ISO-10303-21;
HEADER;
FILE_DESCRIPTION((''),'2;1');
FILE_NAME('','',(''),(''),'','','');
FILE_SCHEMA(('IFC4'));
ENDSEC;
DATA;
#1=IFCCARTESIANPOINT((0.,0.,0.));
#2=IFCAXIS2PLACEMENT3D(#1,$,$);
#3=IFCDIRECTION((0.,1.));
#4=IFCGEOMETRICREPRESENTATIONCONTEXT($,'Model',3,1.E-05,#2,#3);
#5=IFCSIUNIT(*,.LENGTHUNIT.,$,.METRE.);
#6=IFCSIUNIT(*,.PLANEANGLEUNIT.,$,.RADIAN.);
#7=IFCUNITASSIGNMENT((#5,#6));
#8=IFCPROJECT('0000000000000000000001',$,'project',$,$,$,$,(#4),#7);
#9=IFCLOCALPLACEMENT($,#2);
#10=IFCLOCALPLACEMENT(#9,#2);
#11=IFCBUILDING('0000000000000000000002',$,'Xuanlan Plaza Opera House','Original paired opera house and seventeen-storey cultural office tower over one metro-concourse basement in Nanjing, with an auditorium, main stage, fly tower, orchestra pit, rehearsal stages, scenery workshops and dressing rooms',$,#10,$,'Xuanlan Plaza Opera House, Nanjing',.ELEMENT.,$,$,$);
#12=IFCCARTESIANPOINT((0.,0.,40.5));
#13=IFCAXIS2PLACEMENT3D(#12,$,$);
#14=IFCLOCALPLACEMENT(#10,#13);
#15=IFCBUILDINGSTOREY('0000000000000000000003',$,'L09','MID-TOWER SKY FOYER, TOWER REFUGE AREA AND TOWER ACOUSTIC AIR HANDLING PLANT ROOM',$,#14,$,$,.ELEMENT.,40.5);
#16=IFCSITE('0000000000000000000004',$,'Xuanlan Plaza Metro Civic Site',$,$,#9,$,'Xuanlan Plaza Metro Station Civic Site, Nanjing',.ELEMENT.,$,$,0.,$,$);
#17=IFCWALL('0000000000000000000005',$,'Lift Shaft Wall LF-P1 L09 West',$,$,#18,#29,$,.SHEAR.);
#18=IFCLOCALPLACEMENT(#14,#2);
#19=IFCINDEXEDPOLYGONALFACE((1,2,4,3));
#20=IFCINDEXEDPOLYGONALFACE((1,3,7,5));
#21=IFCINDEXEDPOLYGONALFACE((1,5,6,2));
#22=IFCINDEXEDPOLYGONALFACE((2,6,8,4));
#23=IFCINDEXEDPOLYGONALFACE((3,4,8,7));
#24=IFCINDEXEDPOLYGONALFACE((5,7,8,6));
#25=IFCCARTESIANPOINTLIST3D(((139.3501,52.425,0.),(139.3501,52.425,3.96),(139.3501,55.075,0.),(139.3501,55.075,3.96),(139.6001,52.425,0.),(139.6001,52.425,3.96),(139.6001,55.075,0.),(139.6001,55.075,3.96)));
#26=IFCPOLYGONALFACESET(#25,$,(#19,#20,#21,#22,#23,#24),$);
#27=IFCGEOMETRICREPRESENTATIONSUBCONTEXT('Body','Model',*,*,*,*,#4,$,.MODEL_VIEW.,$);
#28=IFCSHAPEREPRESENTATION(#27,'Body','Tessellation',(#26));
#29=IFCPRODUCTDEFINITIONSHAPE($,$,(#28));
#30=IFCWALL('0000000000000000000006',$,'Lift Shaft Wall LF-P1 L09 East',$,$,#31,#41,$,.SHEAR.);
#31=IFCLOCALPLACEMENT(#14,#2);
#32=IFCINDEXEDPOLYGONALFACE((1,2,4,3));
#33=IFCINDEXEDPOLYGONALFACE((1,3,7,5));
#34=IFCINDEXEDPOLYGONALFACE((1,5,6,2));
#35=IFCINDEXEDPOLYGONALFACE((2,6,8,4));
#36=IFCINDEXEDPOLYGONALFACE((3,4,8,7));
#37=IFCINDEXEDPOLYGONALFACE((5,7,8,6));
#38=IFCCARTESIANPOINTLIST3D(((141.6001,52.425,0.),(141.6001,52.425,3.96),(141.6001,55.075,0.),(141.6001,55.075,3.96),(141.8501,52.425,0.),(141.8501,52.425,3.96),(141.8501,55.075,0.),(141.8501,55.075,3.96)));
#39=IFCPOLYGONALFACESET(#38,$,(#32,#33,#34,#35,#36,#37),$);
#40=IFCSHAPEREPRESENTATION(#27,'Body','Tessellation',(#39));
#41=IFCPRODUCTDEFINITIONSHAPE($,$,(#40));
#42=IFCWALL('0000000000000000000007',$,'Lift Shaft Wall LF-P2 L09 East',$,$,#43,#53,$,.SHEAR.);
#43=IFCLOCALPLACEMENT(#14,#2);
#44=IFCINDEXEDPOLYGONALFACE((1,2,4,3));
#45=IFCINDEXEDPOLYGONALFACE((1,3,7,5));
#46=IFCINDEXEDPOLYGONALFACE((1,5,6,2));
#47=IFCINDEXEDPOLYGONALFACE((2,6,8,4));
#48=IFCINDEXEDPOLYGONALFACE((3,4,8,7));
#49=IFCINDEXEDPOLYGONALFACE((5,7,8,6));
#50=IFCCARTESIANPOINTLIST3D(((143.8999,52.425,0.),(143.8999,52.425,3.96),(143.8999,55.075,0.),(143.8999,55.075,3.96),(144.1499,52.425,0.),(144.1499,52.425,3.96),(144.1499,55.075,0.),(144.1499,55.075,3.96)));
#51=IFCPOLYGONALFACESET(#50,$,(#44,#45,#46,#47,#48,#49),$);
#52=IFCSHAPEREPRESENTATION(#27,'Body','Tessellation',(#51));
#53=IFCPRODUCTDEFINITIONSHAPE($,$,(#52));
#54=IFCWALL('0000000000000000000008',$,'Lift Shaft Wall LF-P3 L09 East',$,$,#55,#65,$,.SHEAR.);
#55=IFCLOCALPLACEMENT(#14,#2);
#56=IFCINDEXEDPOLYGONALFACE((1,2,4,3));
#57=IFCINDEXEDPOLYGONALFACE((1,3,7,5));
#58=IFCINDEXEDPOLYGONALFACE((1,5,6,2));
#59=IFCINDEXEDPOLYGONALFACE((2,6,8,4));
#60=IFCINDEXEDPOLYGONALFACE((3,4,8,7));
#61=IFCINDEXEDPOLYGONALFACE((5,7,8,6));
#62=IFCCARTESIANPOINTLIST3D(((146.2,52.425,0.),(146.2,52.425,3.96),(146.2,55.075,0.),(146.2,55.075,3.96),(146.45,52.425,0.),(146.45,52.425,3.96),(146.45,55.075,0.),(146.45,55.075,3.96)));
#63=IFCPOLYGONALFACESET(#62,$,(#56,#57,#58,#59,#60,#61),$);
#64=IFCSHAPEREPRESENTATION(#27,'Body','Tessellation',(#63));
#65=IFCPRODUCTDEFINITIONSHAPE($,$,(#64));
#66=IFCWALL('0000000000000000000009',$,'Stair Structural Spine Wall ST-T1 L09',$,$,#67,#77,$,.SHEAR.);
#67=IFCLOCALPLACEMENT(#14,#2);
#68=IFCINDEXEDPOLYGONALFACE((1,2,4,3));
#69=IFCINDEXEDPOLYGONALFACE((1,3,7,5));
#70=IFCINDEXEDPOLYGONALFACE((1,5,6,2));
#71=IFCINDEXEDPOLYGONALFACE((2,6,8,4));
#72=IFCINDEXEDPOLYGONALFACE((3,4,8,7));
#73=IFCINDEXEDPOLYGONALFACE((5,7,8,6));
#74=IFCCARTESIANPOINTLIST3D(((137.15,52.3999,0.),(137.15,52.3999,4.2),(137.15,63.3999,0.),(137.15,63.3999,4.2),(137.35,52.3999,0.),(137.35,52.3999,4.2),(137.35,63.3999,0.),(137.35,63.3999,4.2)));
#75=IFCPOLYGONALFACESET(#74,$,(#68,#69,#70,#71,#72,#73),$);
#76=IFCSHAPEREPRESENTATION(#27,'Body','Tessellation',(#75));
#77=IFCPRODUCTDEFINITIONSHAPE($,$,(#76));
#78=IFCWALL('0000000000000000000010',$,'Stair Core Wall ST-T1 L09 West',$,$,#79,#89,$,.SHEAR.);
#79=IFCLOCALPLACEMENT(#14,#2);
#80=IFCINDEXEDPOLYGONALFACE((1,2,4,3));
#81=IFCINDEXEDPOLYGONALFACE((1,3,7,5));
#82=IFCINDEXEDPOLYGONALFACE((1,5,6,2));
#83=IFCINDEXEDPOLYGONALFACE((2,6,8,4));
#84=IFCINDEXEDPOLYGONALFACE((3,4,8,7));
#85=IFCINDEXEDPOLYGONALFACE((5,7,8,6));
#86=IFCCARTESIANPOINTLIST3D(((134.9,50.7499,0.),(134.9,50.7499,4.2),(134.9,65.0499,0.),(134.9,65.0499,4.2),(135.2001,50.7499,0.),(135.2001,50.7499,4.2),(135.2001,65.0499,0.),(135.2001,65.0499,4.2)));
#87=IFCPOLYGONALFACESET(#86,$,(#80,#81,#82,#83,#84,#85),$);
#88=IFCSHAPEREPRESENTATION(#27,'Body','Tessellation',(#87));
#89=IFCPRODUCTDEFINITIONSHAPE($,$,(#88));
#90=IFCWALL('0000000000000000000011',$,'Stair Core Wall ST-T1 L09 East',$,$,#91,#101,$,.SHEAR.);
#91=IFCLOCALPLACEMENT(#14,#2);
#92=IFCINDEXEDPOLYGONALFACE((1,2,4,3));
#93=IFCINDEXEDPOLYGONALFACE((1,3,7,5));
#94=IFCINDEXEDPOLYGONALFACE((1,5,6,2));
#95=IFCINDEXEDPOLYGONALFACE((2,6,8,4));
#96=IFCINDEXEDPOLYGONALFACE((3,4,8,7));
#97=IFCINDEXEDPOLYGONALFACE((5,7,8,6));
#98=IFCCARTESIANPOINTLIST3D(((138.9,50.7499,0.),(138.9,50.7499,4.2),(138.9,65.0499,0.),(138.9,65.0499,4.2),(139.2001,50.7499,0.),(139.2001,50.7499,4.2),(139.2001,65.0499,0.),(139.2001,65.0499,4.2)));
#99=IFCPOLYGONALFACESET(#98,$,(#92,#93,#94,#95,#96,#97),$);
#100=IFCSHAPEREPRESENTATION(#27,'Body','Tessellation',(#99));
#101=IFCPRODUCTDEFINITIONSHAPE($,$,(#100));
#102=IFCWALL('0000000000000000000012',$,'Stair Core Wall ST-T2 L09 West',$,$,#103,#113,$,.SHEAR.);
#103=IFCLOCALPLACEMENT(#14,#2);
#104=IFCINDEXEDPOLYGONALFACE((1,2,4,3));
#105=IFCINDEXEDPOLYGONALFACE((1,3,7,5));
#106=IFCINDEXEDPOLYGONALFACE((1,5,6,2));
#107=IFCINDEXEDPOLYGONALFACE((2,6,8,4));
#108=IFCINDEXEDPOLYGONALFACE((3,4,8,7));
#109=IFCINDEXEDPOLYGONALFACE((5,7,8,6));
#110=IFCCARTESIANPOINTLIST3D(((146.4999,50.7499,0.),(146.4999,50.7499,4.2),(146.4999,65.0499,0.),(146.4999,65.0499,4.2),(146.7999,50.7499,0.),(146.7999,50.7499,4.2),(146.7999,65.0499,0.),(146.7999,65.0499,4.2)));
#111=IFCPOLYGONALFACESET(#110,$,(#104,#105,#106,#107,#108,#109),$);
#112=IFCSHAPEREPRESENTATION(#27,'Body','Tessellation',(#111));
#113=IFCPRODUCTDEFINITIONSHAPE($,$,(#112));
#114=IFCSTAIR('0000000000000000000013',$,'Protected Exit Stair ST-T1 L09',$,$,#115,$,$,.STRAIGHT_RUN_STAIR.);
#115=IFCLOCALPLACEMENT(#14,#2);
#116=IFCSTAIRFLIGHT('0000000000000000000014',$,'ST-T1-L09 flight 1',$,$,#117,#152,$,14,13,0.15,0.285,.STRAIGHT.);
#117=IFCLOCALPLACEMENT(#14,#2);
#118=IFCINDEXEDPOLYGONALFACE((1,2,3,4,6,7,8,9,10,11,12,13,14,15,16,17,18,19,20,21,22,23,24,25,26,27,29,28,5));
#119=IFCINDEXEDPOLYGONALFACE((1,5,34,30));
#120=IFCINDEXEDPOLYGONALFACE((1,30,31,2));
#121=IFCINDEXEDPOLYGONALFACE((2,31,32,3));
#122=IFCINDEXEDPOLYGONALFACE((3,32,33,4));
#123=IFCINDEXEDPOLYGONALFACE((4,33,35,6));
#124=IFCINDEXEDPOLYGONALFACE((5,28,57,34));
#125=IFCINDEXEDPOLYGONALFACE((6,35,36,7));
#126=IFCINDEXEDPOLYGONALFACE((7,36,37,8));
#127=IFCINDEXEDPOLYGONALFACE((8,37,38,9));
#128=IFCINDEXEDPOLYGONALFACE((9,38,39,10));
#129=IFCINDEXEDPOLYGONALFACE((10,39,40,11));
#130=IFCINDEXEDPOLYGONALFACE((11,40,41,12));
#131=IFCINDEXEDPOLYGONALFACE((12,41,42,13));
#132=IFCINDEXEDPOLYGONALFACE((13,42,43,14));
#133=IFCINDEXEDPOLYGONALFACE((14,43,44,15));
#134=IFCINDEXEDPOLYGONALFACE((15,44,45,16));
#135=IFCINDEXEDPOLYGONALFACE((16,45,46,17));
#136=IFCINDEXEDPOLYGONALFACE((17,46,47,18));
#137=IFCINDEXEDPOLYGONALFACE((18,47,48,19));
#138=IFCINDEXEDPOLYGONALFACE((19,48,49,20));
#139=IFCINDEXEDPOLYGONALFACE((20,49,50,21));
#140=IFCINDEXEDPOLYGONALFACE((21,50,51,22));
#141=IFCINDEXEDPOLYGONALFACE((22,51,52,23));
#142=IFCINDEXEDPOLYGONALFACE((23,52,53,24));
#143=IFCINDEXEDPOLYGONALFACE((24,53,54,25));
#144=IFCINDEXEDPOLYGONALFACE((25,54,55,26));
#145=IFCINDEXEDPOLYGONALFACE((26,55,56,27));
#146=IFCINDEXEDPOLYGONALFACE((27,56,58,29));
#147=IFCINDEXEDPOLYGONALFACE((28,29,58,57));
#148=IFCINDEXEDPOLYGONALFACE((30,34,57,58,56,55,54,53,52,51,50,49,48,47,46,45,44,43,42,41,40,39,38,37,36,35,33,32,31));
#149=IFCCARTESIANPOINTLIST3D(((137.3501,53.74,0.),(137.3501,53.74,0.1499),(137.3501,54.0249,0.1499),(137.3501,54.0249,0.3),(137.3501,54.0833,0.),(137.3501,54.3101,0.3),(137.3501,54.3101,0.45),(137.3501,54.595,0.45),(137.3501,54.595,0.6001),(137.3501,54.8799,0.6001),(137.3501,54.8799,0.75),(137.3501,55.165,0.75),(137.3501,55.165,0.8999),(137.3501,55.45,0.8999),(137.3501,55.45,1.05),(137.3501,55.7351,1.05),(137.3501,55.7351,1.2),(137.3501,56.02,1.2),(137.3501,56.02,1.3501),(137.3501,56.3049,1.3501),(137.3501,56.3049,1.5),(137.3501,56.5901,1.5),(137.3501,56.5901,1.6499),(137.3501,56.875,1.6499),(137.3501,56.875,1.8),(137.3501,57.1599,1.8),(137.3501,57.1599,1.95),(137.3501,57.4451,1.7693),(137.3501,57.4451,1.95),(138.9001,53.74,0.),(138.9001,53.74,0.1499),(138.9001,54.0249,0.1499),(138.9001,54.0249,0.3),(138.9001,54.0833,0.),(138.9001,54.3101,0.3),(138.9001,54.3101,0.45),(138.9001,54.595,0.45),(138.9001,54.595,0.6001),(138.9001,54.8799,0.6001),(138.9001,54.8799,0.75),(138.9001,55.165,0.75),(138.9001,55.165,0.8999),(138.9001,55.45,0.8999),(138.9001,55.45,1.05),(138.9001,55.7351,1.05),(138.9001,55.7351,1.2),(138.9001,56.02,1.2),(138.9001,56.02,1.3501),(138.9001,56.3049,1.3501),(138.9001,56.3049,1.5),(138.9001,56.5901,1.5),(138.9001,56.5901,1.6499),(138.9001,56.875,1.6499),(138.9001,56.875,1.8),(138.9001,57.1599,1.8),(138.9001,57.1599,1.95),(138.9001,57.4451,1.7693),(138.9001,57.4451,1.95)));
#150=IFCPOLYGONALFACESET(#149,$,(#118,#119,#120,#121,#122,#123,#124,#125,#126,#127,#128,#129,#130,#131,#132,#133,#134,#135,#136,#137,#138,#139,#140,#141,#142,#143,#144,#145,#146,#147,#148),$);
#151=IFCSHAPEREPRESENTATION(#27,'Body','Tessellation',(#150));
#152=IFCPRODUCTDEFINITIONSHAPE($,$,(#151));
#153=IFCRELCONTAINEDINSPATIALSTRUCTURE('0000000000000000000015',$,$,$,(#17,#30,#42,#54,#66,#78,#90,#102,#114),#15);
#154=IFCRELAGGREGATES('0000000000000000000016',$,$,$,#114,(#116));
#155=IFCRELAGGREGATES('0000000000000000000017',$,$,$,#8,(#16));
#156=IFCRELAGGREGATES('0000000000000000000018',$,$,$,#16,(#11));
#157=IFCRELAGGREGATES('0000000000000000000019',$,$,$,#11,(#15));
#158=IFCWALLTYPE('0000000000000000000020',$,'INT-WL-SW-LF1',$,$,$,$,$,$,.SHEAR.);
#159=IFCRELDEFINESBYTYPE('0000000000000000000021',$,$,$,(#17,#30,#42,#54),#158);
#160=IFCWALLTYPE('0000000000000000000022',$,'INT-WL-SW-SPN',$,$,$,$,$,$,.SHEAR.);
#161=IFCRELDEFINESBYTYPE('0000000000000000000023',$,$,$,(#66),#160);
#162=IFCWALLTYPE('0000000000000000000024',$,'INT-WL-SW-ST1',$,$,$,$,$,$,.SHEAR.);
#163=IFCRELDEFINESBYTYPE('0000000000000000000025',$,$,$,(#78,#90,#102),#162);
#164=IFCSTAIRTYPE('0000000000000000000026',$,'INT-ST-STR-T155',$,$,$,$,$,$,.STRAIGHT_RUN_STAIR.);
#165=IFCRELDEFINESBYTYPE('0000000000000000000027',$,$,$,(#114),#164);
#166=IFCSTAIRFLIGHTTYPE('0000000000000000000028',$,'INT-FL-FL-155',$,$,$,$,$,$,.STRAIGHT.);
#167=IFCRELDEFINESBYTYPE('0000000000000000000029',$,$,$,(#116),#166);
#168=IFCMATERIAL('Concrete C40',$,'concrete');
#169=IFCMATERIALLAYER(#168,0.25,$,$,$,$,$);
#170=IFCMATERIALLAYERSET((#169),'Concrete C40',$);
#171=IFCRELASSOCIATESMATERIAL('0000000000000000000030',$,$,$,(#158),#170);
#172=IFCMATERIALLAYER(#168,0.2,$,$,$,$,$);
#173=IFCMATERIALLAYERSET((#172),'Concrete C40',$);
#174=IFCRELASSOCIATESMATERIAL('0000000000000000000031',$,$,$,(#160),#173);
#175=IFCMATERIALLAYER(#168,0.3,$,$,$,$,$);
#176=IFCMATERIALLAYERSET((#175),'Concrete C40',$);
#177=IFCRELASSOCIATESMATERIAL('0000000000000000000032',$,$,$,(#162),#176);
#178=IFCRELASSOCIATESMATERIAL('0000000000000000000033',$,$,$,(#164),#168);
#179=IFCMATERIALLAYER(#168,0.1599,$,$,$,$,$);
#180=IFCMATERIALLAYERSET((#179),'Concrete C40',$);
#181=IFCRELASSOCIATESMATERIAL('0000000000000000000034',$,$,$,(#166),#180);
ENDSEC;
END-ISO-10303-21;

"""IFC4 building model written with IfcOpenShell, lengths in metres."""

from ifc_helpers import new_model, si_unit, direction, frame, frame_2d, origin, place, context, subcontext, project, spatial, polyline, rectangle, outline, extrude, material, layer, layer_set, type_object, element, aggregate, save


model = new_model("IFC4")

# Units and contexts
model_context = context("Model", 3, precision=1e-05, world=origin(), true_north=direction((0.0, 1.0)))
body_context = subcontext(model_context, "Body", "Model", "MODEL_VIEW")
ifc_project = project(units=[si_unit("LENGTHUNIT", "METRE"), si_unit("PLANEANGLEUNIT", "RADIAN")], contexts=[model_context])

# Site, building, storey
site_placement = place(None, origin())
site = spatial("IfcSite", under=ifc_project, at=site_placement, Name="Xuanlan Plaza Metro Civic Site", LongName="Xuanlan Plaza Metro Station Civic Site, Nanjing", CompositionType="ELEMENT", RefElevation=0.0)
building_placement = place(site_placement, origin())
building = spatial("IfcBuilding", under=site, at=building_placement, Name="Xuanlan Plaza Opera House", Description="Original paired opera house and seventeen-storey cultural office tower over one metro-concourse basement in Nanjing, with an auditorium, main stage, fly tower, orchestra pit, rehearsal stages, scenery workshops and dressing rooms", LongName="Xuanlan Plaza Opera House, Nanjing", CompositionType="ELEMENT")
storey_placement = place(building_placement, frame((0.0, 0.0, 40.5)))
storey = spatial("IfcBuildingStorey", under=building, at=storey_placement, Name="L09", Description="MID-TOWER SKY FOYER, TOWER REFUGE AREA AND TOWER ACOUSTIC AIR HANDLING PLANT ROOM", CompositionType="ELEMENT", Elevation=40.5)

# Shared definitions
ifc_material_1 = material(Name="Concrete C40", Category="concrete")
ifc_layer_1 = layer(ifc_material_1, 0.25)
ifc_layer_set_1 = layer_set([ifc_layer_1], Name="Concrete C40")
wall_type_1 = type_object("IfcWallType", Name="INT-WL-SW-LF1", PredefinedType="SHEAR", material=ifc_layer_set_1)

# Walls
for number, where, z_axis, x_axis, name in (
    (1, (139.4751, 52.425, 0.0), (0.0, 0.0, 1.0), (0.0, 1.0, 0.0), "Lift Shaft Wall LF-P1 L09 West"),
    (2, (141.7251, 52.425, 0.0), (0.0, 0.0, 1.0), (0.0, 1.0, 0.0), "Lift Shaft Wall LF-P1 L09 East"),
):
    element("IfcWall", number, at=place(storey_placement, frame(where, z_axis=z_axis, x_axis=x_axis)), inside=storey, type_object=wall_type_1, Name=name, PredefinedType="SHEAR", context=body_context, shape_type="SweptSolid", body=[
        extrude(rectangle(XDim=2.6499, YDim=0.25, at=frame_2d((1.325, 0.0))), origin(), (0.0, 0.0, 1.0), 3.96),
    ])

# Wall
wall_1_placement = place(storey_placement, frame((144.0249, 52.425, 0.0), z_axis=(0.0, 0.0, 1.0), x_axis=(0.0, 1.0, 0.0)))
element("IfcWall", 3, at=wall_1_placement, inside=storey, type_object=wall_type_1, Name="Lift Shaft Wall LF-P2 L09 East", PredefinedType="SHEAR", context=body_context, shape_type="SweptSolid", body=[
    extrude(rectangle(XDim=2.6499, YDim=0.25, at=frame_2d((1.325, 0.0))), origin(), (0.0, 0.0, 1.0), 3.96),
])

# Walls
wall_2_placement = place(storey_placement, frame((146.325, 52.425, 0.0), z_axis=(0.0, 0.0, 1.0), x_axis=(0.0, 1.0, 0.0)))
element("IfcWall", 4, at=wall_2_placement, inside=storey, type_object=wall_type_1, Name="Lift Shaft Wall LF-P3 L09 East", PredefinedType="SHEAR", context=body_context, shape_type="SweptSolid", body=[
    extrude(rectangle(XDim=2.6499, YDim=0.25, at=frame_2d((1.325, 0.0))), origin(), (0.0, 0.0, 1.0), 3.96),
])
ifc_layer_2 = layer(ifc_material_1, 0.2)
ifc_layer_set_2 = layer_set([ifc_layer_2], Name="Concrete C40")
wall_type_2 = type_object("IfcWallType", Name="INT-WL-SW-SPN", PredefinedType="SHEAR", material=ifc_layer_set_2)
wall_3_placement = place(storey_placement, frame((137.25, 52.3999, 0.0), z_axis=(0.0, 0.0, 1.0), x_axis=(0.0, 1.0, 0.0)))
element("IfcWall", 5, at=wall_3_placement, inside=storey, type_object=wall_type_2, Name="Stair Structural Spine Wall ST-T1 L09", PredefinedType="SHEAR", context=body_context, shape_type="SweptSolid", body=[
    extrude(rectangle(XDim=11.0, YDim=0.2, at=frame_2d((5.5, 0.0))), origin(), (0.0, 0.0, 1.0), 4.2),
])

# Shared definitions
ifc_layer_3 = layer(ifc_material_1, 0.3)
ifc_layer_set_3 = layer_set([ifc_layer_3], Name="Concrete C40")
wall_type_3 = type_object("IfcWallType", Name="INT-WL-SW-ST1", PredefinedType="SHEAR", material=ifc_layer_set_3)

# Walls
for number, where, z_axis, x_axis, name in (
    (6, (135.05, 50.75, 0.0), (0.0, 0.0, 1.0), (0.0, 1.0, 0.0), "Stair Core Wall ST-T1 L09 West"),
    (7, (139.05, 50.75, 0.0), (0.0, 0.0, 1.0), (0.0, 1.0, 0.0), "Stair Core Wall ST-T1 L09 East"),
):
    element("IfcWall", number, at=place(storey_placement, frame(where, z_axis=z_axis, x_axis=x_axis)), inside=storey, type_object=wall_type_3, Name=name, PredefinedType="SHEAR", context=body_context, shape_type="SweptSolid", body=[
        extrude(rectangle(XDim=14.3, YDim=0.3, at=frame_2d((7.1499, 0.0))), origin(), (0.0, 0.0, 1.0), 4.2),
    ])

# Wall
wall_4_placement = place(storey_placement, frame((146.6499, 50.75, 0.0), z_axis=(0.0, 0.0, 1.0), x_axis=(0.0, 1.0, 0.0)))
element("IfcWall", 8, at=wall_4_placement, inside=storey, type_object=wall_type_3, Name="Stair Core Wall ST-T2 L09 West", PredefinedType="SHEAR", context=body_context, shape_type="SweptSolid", body=[
    extrude(rectangle(XDim=14.3, YDim=0.3, at=frame_2d((7.1499, 0.0))), origin(), (0.0, 0.0, 1.0), 4.2),
])

# Stair, stair flight
stair_type = type_object("IfcStairType", Name="INT-ST-STR-T155", PredefinedType="STRAIGHT_RUN_STAIR", material=ifc_material_1)
stair_placement = place(storey_placement, origin())
stair = element("IfcStair", 9, at=stair_placement, inside=storey, type_object=stair_type, Name="Protected Exit Stair ST-T1 L09", PredefinedType="STRAIGHT_RUN_STAIR")
ifc_layer_4 = layer(ifc_material_1, 0.1599)
ifc_layer_set_4 = layer_set([ifc_layer_4], Name="Concrete C40")
stair_flight_type = type_object("IfcStairFlightType", Name="INT-FL-FL-155", PredefinedType="STRAIGHT", material=ifc_layer_set_4)
stair_flight_placement = place(storey_placement, frame((138.125, 53.74, 0.0), z_axis=(0.0, 0.0, 1.0), x_axis=(0.0, 1.0, 0.0)))
stair_flight = element("IfcStairFlight", 10, at=stair_flight_placement, type_object=stair_flight_type, Name="ST-T1-L09 flight 1", NumberOfRisers=14, NumberOfTreads=13, PredefinedType="STRAIGHT", RiserHeight=0.15, TreadLength=0.285, context=body_context, shape_type="SweptSolid", body=[
    extrude(outline(polyline([(0.0, 0.0), (0.0, 0.1499), (0.2849, 0.1499), (0.2849, 0.3), (0.5701, 0.3), (0.5701, 0.45), (0.855, 0.45), (0.855, 0.6001), (1.1399, 0.6001), (1.1399, 0.75), (1.425, 0.75), (1.425, 0.8999), (1.71, 0.8999), (1.71, 1.05), (1.9951, 1.05), (1.9951, 1.2), (2.28, 1.2), (2.28, 1.3501), (2.5649, 1.3501), (2.5649, 1.5), (2.8501, 1.5), (2.8501, 1.6499), (3.135, 1.6499), (3.135, 1.8), (3.4199, 1.8), (3.4199, 1.95), (3.7051, 1.95), (3.7051, 2.1001), (3.7051, 1.7693), (0.3433, 0.0), (0.0, 0.0)])), frame((0.0, 0.7749, 0.0), z_axis=(0.0, -1.0, 0.0), x_axis=(1.0, 0.0, 0.0)), (0.0, 0.0, 1.0), 1.55),
])
aggregate(stair, [stair_flight])

save(model, "model.ifc")
